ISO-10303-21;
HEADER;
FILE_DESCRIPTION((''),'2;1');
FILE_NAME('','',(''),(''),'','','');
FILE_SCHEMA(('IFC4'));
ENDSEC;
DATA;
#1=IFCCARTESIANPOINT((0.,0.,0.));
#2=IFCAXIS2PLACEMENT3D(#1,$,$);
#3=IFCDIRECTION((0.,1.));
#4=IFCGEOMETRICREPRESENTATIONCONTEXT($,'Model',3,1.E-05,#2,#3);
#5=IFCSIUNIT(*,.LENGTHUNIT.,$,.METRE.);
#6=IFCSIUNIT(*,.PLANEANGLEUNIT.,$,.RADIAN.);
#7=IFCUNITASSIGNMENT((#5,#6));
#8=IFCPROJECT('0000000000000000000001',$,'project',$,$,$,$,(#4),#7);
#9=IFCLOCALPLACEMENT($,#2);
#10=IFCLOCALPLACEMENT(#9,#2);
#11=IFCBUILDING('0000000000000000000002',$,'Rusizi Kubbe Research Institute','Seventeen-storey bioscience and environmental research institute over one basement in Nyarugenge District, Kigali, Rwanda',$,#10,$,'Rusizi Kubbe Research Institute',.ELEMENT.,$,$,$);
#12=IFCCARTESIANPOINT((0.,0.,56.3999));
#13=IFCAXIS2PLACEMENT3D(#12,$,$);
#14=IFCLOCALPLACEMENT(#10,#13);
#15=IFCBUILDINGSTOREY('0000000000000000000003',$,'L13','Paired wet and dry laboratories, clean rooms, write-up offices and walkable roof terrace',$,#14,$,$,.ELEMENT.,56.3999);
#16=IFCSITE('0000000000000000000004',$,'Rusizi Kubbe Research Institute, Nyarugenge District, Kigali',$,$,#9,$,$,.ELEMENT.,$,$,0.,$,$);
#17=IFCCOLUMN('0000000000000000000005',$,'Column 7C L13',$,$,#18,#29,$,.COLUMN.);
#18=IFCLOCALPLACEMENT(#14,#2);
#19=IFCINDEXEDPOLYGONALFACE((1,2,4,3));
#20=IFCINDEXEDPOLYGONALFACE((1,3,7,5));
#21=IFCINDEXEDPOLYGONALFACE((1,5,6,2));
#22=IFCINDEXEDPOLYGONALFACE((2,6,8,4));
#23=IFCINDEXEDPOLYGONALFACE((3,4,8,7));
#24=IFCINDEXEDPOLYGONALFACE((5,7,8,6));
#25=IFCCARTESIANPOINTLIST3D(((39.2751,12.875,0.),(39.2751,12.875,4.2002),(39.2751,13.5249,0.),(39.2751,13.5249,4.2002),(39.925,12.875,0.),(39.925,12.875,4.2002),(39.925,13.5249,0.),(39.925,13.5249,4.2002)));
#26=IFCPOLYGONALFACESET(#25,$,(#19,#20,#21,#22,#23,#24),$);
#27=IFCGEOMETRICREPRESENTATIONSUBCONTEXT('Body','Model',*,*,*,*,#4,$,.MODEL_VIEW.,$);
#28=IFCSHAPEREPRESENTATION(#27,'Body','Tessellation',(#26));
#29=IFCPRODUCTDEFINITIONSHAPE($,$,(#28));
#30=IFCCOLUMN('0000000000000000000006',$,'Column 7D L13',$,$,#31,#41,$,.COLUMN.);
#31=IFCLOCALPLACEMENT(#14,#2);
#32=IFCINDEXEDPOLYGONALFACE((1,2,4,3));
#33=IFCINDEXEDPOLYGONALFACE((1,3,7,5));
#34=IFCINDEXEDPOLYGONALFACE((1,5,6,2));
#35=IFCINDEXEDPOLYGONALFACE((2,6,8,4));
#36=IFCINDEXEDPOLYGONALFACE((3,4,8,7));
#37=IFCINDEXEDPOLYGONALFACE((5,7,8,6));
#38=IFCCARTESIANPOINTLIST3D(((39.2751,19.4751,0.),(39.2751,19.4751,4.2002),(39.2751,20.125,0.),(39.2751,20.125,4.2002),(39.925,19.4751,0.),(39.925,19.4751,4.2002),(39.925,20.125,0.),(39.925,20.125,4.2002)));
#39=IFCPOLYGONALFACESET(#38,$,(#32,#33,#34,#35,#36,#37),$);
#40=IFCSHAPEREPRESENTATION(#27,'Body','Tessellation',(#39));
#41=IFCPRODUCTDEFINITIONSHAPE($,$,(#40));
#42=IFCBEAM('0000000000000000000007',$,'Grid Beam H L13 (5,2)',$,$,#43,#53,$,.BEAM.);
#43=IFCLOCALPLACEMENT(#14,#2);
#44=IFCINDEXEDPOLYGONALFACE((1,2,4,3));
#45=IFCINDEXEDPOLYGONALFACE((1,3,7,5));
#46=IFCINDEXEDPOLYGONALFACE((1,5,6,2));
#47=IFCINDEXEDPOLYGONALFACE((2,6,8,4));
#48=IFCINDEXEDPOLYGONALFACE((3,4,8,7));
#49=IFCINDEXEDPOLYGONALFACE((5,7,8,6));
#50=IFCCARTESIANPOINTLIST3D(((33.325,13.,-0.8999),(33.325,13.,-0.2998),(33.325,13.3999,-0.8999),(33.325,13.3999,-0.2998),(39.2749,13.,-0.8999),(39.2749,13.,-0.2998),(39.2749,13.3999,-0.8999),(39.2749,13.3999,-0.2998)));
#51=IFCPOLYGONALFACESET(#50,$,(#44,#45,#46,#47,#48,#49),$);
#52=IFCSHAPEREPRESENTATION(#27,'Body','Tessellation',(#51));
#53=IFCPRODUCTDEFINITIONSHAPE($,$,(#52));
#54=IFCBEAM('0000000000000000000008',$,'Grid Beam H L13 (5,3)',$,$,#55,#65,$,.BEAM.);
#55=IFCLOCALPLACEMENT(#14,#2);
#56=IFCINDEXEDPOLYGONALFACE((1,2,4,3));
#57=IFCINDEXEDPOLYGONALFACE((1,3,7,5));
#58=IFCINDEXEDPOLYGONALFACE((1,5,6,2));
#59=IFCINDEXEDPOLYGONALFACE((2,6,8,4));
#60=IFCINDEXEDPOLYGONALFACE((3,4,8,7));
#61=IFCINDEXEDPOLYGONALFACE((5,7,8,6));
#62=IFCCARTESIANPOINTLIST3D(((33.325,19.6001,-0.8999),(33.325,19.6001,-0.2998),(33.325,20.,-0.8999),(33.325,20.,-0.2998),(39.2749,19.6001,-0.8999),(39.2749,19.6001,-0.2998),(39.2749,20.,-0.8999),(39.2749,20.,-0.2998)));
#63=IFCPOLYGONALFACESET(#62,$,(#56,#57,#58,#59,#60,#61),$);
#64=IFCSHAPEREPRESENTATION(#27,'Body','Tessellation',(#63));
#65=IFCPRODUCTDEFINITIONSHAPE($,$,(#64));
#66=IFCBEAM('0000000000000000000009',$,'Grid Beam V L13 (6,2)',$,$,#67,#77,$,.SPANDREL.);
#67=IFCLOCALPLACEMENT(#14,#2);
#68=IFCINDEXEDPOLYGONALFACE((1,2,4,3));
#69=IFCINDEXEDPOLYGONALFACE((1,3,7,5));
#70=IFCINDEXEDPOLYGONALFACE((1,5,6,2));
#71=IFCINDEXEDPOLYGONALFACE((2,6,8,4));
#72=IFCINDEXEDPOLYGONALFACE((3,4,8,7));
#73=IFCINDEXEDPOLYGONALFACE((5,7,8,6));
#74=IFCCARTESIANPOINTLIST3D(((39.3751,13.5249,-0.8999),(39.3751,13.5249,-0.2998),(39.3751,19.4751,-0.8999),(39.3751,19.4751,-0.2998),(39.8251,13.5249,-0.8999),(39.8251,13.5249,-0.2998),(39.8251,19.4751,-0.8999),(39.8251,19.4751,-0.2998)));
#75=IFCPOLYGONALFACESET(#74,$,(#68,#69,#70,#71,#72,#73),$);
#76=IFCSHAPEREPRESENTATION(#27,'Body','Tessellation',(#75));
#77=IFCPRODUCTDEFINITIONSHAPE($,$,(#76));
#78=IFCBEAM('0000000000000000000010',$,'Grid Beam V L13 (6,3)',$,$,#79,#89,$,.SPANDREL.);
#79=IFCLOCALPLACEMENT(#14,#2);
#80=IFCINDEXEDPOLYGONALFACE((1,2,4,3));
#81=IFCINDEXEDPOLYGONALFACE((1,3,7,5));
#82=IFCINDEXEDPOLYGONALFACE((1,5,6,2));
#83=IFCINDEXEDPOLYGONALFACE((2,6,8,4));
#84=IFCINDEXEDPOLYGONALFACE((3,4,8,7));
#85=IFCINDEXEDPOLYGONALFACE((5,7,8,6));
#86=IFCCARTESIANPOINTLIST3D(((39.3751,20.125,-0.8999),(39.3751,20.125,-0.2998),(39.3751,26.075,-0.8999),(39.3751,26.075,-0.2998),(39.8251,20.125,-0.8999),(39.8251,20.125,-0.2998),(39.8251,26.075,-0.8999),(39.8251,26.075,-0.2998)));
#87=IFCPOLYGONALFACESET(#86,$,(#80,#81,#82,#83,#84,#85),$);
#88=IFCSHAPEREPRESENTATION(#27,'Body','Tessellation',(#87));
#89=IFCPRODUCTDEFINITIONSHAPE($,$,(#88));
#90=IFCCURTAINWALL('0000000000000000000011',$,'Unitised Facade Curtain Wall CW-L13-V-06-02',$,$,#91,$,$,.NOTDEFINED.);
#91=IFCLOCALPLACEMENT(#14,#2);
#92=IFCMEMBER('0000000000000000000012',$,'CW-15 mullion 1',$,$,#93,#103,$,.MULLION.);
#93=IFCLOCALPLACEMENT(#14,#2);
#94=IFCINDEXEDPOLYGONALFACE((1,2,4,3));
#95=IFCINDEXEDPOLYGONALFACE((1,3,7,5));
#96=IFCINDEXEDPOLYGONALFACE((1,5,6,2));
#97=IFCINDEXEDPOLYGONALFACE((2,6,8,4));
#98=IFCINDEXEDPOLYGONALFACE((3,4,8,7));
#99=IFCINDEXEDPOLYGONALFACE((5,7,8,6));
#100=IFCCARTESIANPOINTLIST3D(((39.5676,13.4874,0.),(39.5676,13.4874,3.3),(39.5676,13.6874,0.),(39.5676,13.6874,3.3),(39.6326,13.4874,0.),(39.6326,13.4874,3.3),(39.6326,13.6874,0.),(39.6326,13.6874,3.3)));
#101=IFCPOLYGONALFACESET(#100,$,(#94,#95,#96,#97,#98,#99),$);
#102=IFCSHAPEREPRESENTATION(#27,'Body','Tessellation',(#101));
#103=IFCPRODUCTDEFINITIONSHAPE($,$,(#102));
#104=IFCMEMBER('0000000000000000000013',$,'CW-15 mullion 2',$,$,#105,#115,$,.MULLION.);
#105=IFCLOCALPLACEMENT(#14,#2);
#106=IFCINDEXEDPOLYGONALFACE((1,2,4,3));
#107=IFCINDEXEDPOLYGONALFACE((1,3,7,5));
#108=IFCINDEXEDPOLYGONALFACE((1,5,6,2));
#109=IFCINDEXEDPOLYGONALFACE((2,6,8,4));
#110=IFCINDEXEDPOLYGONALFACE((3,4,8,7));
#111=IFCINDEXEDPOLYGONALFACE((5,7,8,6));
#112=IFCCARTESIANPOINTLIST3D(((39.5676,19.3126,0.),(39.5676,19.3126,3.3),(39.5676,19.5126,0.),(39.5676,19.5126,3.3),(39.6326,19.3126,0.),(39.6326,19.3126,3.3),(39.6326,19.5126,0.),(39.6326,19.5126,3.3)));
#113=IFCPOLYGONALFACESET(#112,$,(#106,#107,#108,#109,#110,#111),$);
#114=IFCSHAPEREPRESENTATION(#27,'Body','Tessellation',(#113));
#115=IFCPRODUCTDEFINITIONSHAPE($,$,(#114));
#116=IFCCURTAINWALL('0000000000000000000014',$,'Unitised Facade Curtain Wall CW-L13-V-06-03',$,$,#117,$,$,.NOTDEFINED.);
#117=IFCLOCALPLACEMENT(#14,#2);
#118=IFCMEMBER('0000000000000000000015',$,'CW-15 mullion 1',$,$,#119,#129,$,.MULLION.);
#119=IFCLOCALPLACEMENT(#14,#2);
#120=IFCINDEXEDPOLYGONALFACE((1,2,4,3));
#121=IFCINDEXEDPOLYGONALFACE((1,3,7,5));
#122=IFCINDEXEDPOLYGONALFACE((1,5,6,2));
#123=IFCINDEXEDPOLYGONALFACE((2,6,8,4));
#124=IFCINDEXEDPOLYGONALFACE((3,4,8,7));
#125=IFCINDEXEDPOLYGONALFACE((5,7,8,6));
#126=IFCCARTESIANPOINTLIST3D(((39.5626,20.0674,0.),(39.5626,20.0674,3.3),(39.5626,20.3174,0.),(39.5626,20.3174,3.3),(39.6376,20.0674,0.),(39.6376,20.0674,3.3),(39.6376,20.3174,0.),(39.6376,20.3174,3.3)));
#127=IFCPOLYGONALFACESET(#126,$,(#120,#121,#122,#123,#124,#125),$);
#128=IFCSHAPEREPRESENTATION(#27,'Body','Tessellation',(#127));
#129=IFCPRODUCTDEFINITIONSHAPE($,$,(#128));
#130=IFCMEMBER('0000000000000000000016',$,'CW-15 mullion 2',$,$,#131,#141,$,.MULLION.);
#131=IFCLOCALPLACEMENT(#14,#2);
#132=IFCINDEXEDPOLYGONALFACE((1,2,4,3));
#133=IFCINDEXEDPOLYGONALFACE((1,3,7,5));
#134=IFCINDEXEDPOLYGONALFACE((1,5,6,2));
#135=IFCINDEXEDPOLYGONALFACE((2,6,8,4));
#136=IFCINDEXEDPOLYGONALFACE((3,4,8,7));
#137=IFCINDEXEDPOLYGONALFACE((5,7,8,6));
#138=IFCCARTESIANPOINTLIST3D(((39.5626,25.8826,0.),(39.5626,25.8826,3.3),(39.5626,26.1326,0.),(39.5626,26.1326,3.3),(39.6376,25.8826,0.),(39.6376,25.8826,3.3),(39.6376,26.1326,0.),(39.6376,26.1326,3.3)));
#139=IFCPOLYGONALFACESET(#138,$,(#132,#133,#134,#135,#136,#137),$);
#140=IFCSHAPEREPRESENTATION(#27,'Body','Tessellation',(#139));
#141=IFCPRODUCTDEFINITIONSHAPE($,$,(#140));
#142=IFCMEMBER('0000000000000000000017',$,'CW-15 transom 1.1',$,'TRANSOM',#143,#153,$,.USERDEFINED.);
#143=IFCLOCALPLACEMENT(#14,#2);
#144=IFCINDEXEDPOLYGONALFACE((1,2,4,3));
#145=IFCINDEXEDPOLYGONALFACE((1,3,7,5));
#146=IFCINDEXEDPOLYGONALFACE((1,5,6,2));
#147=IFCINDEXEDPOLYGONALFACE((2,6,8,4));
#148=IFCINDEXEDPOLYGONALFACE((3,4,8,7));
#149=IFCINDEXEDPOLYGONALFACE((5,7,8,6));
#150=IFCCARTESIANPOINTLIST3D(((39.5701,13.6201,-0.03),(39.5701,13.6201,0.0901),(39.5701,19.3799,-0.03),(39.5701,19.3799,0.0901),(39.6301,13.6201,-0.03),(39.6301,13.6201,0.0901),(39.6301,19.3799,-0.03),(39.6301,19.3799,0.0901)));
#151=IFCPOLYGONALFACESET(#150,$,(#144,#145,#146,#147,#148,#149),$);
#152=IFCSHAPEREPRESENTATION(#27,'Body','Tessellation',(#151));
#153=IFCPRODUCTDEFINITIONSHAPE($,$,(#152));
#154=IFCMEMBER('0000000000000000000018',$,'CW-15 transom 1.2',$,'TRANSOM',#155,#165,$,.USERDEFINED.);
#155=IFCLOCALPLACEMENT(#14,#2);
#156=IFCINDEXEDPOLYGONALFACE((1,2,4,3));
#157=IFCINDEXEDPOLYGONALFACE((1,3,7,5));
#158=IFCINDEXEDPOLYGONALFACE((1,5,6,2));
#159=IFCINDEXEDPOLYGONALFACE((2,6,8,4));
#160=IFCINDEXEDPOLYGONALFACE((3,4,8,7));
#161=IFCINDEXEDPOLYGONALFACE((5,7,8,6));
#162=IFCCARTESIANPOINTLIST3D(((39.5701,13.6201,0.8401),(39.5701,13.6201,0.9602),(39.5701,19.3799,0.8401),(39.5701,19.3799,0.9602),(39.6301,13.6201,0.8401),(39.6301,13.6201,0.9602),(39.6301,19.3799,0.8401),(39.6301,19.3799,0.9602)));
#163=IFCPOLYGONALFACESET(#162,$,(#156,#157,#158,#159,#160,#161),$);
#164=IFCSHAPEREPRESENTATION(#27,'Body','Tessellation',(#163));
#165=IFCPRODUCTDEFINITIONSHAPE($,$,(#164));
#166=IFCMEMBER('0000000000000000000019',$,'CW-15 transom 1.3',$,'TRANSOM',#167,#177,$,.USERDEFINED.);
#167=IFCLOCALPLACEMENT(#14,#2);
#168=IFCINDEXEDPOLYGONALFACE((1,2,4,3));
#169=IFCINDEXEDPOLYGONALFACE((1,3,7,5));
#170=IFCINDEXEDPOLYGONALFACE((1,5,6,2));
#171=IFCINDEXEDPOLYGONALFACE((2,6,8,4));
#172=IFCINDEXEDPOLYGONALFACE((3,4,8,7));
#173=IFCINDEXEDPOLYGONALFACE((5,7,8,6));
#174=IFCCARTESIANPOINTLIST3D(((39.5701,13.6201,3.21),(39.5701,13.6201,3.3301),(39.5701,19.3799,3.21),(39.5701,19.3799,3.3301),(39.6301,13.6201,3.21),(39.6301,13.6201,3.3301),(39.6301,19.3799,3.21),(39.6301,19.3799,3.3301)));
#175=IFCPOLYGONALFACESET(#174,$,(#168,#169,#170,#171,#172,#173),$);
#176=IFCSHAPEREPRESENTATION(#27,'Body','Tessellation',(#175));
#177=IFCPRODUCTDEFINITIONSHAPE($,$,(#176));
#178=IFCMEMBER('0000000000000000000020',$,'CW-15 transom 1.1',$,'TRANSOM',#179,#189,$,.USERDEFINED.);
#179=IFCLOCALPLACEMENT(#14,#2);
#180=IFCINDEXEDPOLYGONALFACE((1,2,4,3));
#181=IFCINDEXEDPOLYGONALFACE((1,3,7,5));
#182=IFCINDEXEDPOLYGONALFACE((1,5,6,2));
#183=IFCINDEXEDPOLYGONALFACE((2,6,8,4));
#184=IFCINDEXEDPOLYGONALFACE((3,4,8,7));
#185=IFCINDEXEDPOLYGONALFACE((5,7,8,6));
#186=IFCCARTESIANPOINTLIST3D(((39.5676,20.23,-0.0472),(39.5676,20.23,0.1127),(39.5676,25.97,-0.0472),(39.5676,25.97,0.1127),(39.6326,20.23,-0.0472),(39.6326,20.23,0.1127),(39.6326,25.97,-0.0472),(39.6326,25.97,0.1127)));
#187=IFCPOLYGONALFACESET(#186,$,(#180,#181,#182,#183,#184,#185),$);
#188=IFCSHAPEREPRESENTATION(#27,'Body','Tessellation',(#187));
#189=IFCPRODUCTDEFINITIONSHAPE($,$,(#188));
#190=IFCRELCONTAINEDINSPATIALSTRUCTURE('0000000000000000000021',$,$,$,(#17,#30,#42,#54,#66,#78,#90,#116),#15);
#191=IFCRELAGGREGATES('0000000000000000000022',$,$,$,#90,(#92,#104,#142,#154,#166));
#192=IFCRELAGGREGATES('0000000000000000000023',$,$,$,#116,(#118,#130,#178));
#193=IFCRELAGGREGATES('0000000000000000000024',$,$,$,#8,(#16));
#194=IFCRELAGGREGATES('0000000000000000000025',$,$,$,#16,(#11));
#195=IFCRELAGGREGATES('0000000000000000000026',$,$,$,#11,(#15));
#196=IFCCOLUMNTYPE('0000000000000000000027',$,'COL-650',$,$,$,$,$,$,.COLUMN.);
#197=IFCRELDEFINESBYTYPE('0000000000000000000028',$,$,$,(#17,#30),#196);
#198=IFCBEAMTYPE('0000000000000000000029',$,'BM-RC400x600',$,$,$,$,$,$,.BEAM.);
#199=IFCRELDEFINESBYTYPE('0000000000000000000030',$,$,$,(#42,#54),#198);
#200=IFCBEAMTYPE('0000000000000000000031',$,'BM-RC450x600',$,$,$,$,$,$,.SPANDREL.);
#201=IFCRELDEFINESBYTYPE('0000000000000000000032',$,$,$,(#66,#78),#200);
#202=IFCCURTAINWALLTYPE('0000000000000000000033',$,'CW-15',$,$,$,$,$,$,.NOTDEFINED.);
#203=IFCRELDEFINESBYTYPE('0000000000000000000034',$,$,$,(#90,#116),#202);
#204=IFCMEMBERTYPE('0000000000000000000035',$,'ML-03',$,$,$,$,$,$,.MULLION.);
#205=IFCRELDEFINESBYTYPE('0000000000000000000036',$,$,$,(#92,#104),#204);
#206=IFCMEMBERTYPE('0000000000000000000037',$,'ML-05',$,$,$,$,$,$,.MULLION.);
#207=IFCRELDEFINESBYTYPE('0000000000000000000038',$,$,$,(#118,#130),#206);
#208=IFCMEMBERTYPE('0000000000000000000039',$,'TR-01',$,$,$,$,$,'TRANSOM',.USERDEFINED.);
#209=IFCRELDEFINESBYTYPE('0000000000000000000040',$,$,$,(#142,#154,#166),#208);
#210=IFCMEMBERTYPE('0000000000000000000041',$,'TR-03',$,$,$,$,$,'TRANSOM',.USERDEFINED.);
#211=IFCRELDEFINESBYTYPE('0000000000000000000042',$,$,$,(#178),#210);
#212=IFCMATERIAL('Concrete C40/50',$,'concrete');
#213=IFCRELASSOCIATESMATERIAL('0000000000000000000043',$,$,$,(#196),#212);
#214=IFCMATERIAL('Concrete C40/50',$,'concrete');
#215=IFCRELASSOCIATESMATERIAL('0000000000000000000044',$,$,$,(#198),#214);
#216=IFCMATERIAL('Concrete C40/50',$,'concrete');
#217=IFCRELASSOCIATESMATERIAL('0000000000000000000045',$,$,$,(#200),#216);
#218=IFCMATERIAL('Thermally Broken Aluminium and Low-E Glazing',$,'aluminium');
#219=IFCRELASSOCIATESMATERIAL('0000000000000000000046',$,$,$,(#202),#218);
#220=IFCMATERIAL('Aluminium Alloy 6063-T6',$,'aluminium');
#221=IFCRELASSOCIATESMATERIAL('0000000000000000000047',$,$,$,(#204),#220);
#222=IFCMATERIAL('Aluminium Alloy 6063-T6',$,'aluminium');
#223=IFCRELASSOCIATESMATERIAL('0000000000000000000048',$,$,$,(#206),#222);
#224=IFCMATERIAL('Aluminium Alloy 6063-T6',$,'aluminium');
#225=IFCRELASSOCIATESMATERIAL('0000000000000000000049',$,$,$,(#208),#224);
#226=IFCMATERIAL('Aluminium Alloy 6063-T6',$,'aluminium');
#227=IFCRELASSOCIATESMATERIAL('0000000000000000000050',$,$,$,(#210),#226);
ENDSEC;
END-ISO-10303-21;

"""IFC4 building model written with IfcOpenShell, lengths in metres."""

from ifc_helpers import new_model, si_unit, direction, frame, origin, origin_2d, place, context, subcontext, project, spatial, rectangle, extrude, material, material_profile, profile_set, type_object, element, aggregate, save


model = new_model("IFC4")

# Units and contexts
model_context = context("Model", 3, precision=1e-05, world=origin(), true_north=direction((0.0, 1.0)))
body_context = subcontext(model_context, "Body", "Model", "MODEL_VIEW")
ifc_project = project(units=[si_unit("LENGTHUNIT", "METRE"), si_unit("PLANEANGLEUNIT", "RADIAN")], contexts=[model_context])

# Site, building, storey
site_placement = place(None, origin())
site = spatial("IfcSite", under=ifc_project, at=site_placement, Name="Rusizi Kubbe Research Institute, Nyarugenge District, Kigali", CompositionType="ELEMENT", RefElevation=0.0)
building_placement = place(site_placement, origin())
building = spatial("IfcBuilding", under=site, at=building_placement, Name="Rusizi Kubbe Research Institute", Description="Seventeen-storey bioscience and environmental research institute over one basement in Nyarugenge District, Kigali, Rwanda", LongName="Rusizi Kubbe Research Institute", CompositionType="ELEMENT")
storey_placement = place(building_placement, frame((0.0, 0.0, 56.3999)))
storey = spatial("IfcBuildingStorey", under=building, at=storey_placement, Name="L13", Description="Paired wet and dry laboratories, clean rooms, write-up offices and walkable roof terrace", CompositionType="ELEMENT", Elevation=56.3999)

# Columns
ifc_material_1 = material(Name="Concrete C40/50", Category="concrete")
ifc_material_profile_1 = material_profile(ifc_material_1, rectangle(XDim=0.6499, YDim=0.6499, at=origin_2d()), Name="RC650x650")
ifc_profile_set_1 = profile_set([ifc_material_profile_1], Name="Concrete C40/50")
column_type = type_object("IfcColumnType", Name="COL-650", PredefinedType="COLUMN", material=ifc_profile_set_1)
for number, where, z_axis, x_axis, name in (
    (1, (39.6001, 13.2, 0.0), (0.0, 0.0, 1.0), (1.0, 0.0, 0.0), "Column 7C L13"),
    (2, (39.6001, 19.8, 0.0), (0.0, 0.0, 1.0), (1.0, 0.0, 0.0), "Column 7D L13"),
):
    element("IfcColumn", number, at=place(storey_placement, frame(where, z_axis=z_axis, x_axis=x_axis)), inside=storey, type_object=column_type, Name=name, PredefinedType="COLUMN", context=body_context, shape_type="SweptSolid", body=[
        extrude(rectangle(XDim=0.6499, YDim=0.6499, at=origin_2d()), origin(), (0.0, 0.0, 1.0), 4.2002),
    ])

# Beams
ifc_material_2 = material(Name="Concrete C40/50", Category="concrete")
ifc_material_profile_2 = material_profile(ifc_material_2, rectangle(XDim=0.3999, YDim=0.6001, at=origin_2d()), Name="RC400x600")
ifc_profile_set_2 = profile_set([ifc_material_profile_2], Name="Concrete C40/50")
beam_type_1 = type_object("IfcBeamType", Name="BM-RC400x600", PredefinedType="BEAM", material=ifc_profile_set_2)
for number, where, z_axis, x_axis, name in (
    (3, (33.325, 13.2, -0.5999), (1.0, 0.0, 0.0), (0.0, 1.0, 0.0), "Grid Beam H L13 (5,2)"),
    (4, (33.325, 19.8, -0.5999), (1.0, 0.0, 0.0), (0.0, 1.0, 0.0), "Grid Beam H L13 (5,3)"),
):
    element("IfcBeam", number, at=place(storey_placement, frame(where, z_axis=z_axis, x_axis=x_axis)), inside=storey, type_object=beam_type_1, Name=name, PredefinedType="BEAM", context=body_context, shape_type="SweptSolid", body=[
        extrude(rectangle(XDim=0.3999, YDim=0.6001, at=origin_2d()), origin(), (0.0, 0.0, 1.0), 5.95),
    ])
ifc_material_3 = material(Name="Concrete C40/50", Category="concrete")
ifc_material_profile_3 = material_profile(ifc_material_3, rectangle(XDim=0.45, YDim=0.6001, at=origin_2d()), Name="RC450x600")
ifc_profile_set_3 = profile_set([ifc_material_profile_3], Name="Concrete C40/50")
beam_type_2 = type_object("IfcBeamType", Name="BM-RC450x600", PredefinedType="SPANDREL", material=ifc_profile_set_3)
beam_1_placement = place(storey_placement, frame((39.6001, 13.5249, -0.5999), z_axis=(0.0, 1.0, 0.0), x_axis=(-1.0, 0.0, 0.0)))
element("IfcBeam", 5, at=beam_1_placement, inside=storey, type_object=beam_type_2, Name="Grid Beam V L13 (6,2)", PredefinedType="SPANDREL", context=body_context, shape_type="SweptSolid", body=[
    extrude(rectangle(XDim=0.45, YDim=0.6001, at=origin_2d()), origin(), (0.0, 0.0, 1.0), 5.9502),
])
beam_2_placement = place(storey_placement, frame((39.6001, 20.125, -0.5999), z_axis=(0.0, 1.0, 0.0), x_axis=(-1.0, 0.0, 0.0)))
element("IfcBeam", 6, at=beam_2_placement, inside=storey, type_object=beam_type_2, Name="Grid Beam V L13 (6,3)", PredefinedType="SPANDREL", context=body_context, shape_type="SweptSolid", body=[
    extrude(rectangle(XDim=0.45, YDim=0.6001, at=origin_2d()), origin(), (0.0, 0.0, 1.0), 5.95),
])

# Curtain walls, members
ifc_material_4 = material(Name="Thermally Broken Aluminium and Low-E Glazing", Category="aluminium")
curtain_wall_type = type_object("IfcCurtainWallType", Name="CW-15", PredefinedType="NOTDEFINED", material=ifc_material_4)
curtain_wall_1_placement = place(storey_placement, origin())
curtain_wall_1 = element("IfcCurtainWall", 7, at=curtain_wall_1_placement, inside=storey, type_object=curtain_wall_type, Name="Unitised Facade Curtain Wall CW-L13-V-06-02", PredefinedType="NOTDEFINED")
ifc_material_5 = material(Name="Aluminium Alloy 6063-T6", Category="aluminium")
ifc_material_profile_4 = material_profile(ifc_material_5, rectangle(XDim=0.0649, YDim=0.2, at=origin_2d()), Name="ALU-M 65x200")
ifc_profile_set_4 = profile_set([ifc_material_profile_4], Name="Aluminium Alloy 6063-T6")
member_type_1 = type_object("IfcMemberType", Name="ML-03", PredefinedType="MULLION", material=ifc_profile_set_4)
member_1_placement = place(storey_placement, frame((39.6001, 13.5874, 0.0), z_axis=(0.0, 0.0, 1.0), x_axis=(-1.0, 0.0, 0.0)))
member_1 = element("IfcMember", 8, at=member_1_placement, type_object=member_type_1, Name="CW-15 mullion 1", PredefinedType="MULLION", context=body_context, shape_type="SweptSolid", body=[
    extrude(rectangle(XDim=0.0649, YDim=0.2, at=origin_2d()), origin(), (0.0, 0.0, 1.0), 3.3),
])
member_2_placement = place(storey_placement, frame((39.6001, 19.4126, 0.0), z_axis=(0.0, 0.0, 1.0), x_axis=(-1.0, 0.0, 0.0)))
member_2 = element("IfcMember", 9, at=member_2_placement, type_object=member_type_1, Name="CW-15 mullion 2", PredefinedType="MULLION", context=body_context, shape_type="SweptSolid", body=[
    extrude(rectangle(XDim=0.0649, YDim=0.2, at=origin_2d()), origin(), (0.0, 0.0, 1.0), 3.3),
])
curtain_wall_2_placement = place(storey_placement, origin())
curtain_wall_2 = element("IfcCurtainWall", 10, at=curtain_wall_2_placement, inside=storey, type_object=curtain_wall_type, Name="Unitised Facade Curtain Wall CW-L13-V-06-03", PredefinedType="NOTDEFINED")
ifc_material_6 = material(Name="Aluminium Alloy 6063-T6", Category="aluminium")
ifc_material_profile_5 = material_profile(ifc_material_6, rectangle(XDim=0.075, YDim=0.25, at=origin_2d()), Name="ALU-M 75x250")
ifc_profile_set_5 = profile_set([ifc_material_profile_5], Name="Aluminium Alloy 6063-T6")
member_type_2 = type_object("IfcMemberType", Name="ML-05", PredefinedType="MULLION", material=ifc_profile_set_5)
member_3_placement = place(storey_placement, frame((39.6001, 20.1924, 0.0), z_axis=(0.0, 0.0, 1.0), x_axis=(-1.0, 0.0, 0.0)))
member_3 = element("IfcMember", 11, at=member_3_placement, type_object=member_type_2, Name="CW-15 mullion 1", PredefinedType="MULLION", context=body_context, shape_type="SweptSolid", body=[
    extrude(rectangle(XDim=0.075, YDim=0.25, at=origin_2d()), origin(), (0.0, 0.0, 1.0), 3.3),
])
member_4_placement = place(storey_placement, frame((39.6001, 26.0076, 0.0), z_axis=(0.0, 0.0, 1.0), x_axis=(-1.0, 0.0, 0.0)))
member_4 = element("IfcMember", 12, at=member_4_placement, type_object=member_type_2, Name="CW-15 mullion 2", PredefinedType="MULLION", context=body_context, shape_type="SweptSolid", body=[
    extrude(rectangle(XDim=0.075, YDim=0.25, at=origin_2d()), origin(), (0.0, 0.0, 1.0), 3.3),
])

# Members
ifc_material_7 = material(Name="Aluminium Alloy 6063-T6", Category="aluminium")
ifc_material_profile_6 = material_profile(ifc_material_7, rectangle(XDim=0.0601, YDim=0.1201, at=origin_2d()), Name="ALU-T 60x120")
ifc_profile_set_6 = profile_set([ifc_material_profile_6], Name="Aluminium Alloy 6063-T6")
member_type_3 = type_object("IfcMemberType", Name="TR-01", ElementType="TRANSOM", PredefinedType="USERDEFINED", material=ifc_profile_set_6)
member_5_placement = place(storey_placement, frame((39.6001, 13.6201, 0.03), z_axis=(0.0, 1.0, 0.0), x_axis=(-1.0, 0.0, 0.0)))
member_5 = element("IfcMember", 13, at=member_5_placement, type_object=member_type_3, Name="CW-15 transom 1.1", ObjectType="TRANSOM", PredefinedType="USERDEFINED", context=body_context, shape_type="SweptSolid", body=[
    extrude(rectangle(XDim=0.0601, YDim=0.1201, at=origin_2d()), origin(), (0.0, 0.0, 1.0), 5.7598),
])
member_6_placement = place(storey_placement, frame((39.6001, 13.6201, 0.9001), z_axis=(0.0, 1.0, 0.0), x_axis=(-1.0, 0.0, 0.0)))
member_6 = element("IfcMember", 14, at=member_6_placement, type_object=member_type_3, Name="CW-15 transom 1.2", ObjectType="TRANSOM", PredefinedType="USERDEFINED", context=body_context, shape_type="SweptSolid", body=[
    extrude(rectangle(XDim=0.0601, YDim=0.1201, at=origin_2d()), origin(), (0.0, 0.0, 1.0), 5.7598),
])
member_7_placement = place(storey_placement, frame((39.6001, 13.6201, 3.27), z_axis=(0.0, 1.0, 0.0), x_axis=(-1.0, 0.0, 0.0)))
member_7 = element("IfcMember", 15, at=member_7_placement, type_object=member_type_3, Name="CW-15 transom 1.3", ObjectType="TRANSOM", PredefinedType="USERDEFINED", context=body_context, shape_type="SweptSolid", body=[
    extrude(rectangle(XDim=0.0601, YDim=0.1201, at=origin_2d()), origin(), (0.0, 0.0, 1.0), 5.7598),
])
ifc_material_8 = material(Name="Aluminium Alloy 6063-T6", Category="aluminium")
ifc_material_profile_7 = material_profile(ifc_material_8, rectangle(XDim=0.0649, YDim=0.1599, at=origin_2d()), Name="ALU-T 65x160")
ifc_profile_set_7 = profile_set([ifc_material_profile_7], Name="Aluminium Alloy 6063-T6")
member_type_4 = type_object("IfcMemberType", Name="TR-03", ElementType="TRANSOM", PredefinedType="USERDEFINED", material=ifc_profile_set_7)
member_8_placement = place(storey_placement, frame((39.6001, 20.23, 0.0327), z_axis=(0.0, 1.0, 0.0), x_axis=(-1.0, 0.0, 0.0)))
member_8 = element("IfcMember", 16, at=member_8_placement, type_object=member_type_4, Name="CW-15 transom 1.1", ObjectType="TRANSOM", PredefinedType="USERDEFINED", context=body_context, shape_type="SweptSolid", body=[
    extrude(rectangle(XDim=0.0649, YDim=0.1599, at=origin_2d()), origin(), (0.0, 0.0, 1.0), 5.74),
])

aggregate(curtain_wall_1, [member_1, member_2, member_5, member_6, member_7])
aggregate(curtain_wall_2, [member_3, member_4, member_8])

save(model, "model.ifc")
